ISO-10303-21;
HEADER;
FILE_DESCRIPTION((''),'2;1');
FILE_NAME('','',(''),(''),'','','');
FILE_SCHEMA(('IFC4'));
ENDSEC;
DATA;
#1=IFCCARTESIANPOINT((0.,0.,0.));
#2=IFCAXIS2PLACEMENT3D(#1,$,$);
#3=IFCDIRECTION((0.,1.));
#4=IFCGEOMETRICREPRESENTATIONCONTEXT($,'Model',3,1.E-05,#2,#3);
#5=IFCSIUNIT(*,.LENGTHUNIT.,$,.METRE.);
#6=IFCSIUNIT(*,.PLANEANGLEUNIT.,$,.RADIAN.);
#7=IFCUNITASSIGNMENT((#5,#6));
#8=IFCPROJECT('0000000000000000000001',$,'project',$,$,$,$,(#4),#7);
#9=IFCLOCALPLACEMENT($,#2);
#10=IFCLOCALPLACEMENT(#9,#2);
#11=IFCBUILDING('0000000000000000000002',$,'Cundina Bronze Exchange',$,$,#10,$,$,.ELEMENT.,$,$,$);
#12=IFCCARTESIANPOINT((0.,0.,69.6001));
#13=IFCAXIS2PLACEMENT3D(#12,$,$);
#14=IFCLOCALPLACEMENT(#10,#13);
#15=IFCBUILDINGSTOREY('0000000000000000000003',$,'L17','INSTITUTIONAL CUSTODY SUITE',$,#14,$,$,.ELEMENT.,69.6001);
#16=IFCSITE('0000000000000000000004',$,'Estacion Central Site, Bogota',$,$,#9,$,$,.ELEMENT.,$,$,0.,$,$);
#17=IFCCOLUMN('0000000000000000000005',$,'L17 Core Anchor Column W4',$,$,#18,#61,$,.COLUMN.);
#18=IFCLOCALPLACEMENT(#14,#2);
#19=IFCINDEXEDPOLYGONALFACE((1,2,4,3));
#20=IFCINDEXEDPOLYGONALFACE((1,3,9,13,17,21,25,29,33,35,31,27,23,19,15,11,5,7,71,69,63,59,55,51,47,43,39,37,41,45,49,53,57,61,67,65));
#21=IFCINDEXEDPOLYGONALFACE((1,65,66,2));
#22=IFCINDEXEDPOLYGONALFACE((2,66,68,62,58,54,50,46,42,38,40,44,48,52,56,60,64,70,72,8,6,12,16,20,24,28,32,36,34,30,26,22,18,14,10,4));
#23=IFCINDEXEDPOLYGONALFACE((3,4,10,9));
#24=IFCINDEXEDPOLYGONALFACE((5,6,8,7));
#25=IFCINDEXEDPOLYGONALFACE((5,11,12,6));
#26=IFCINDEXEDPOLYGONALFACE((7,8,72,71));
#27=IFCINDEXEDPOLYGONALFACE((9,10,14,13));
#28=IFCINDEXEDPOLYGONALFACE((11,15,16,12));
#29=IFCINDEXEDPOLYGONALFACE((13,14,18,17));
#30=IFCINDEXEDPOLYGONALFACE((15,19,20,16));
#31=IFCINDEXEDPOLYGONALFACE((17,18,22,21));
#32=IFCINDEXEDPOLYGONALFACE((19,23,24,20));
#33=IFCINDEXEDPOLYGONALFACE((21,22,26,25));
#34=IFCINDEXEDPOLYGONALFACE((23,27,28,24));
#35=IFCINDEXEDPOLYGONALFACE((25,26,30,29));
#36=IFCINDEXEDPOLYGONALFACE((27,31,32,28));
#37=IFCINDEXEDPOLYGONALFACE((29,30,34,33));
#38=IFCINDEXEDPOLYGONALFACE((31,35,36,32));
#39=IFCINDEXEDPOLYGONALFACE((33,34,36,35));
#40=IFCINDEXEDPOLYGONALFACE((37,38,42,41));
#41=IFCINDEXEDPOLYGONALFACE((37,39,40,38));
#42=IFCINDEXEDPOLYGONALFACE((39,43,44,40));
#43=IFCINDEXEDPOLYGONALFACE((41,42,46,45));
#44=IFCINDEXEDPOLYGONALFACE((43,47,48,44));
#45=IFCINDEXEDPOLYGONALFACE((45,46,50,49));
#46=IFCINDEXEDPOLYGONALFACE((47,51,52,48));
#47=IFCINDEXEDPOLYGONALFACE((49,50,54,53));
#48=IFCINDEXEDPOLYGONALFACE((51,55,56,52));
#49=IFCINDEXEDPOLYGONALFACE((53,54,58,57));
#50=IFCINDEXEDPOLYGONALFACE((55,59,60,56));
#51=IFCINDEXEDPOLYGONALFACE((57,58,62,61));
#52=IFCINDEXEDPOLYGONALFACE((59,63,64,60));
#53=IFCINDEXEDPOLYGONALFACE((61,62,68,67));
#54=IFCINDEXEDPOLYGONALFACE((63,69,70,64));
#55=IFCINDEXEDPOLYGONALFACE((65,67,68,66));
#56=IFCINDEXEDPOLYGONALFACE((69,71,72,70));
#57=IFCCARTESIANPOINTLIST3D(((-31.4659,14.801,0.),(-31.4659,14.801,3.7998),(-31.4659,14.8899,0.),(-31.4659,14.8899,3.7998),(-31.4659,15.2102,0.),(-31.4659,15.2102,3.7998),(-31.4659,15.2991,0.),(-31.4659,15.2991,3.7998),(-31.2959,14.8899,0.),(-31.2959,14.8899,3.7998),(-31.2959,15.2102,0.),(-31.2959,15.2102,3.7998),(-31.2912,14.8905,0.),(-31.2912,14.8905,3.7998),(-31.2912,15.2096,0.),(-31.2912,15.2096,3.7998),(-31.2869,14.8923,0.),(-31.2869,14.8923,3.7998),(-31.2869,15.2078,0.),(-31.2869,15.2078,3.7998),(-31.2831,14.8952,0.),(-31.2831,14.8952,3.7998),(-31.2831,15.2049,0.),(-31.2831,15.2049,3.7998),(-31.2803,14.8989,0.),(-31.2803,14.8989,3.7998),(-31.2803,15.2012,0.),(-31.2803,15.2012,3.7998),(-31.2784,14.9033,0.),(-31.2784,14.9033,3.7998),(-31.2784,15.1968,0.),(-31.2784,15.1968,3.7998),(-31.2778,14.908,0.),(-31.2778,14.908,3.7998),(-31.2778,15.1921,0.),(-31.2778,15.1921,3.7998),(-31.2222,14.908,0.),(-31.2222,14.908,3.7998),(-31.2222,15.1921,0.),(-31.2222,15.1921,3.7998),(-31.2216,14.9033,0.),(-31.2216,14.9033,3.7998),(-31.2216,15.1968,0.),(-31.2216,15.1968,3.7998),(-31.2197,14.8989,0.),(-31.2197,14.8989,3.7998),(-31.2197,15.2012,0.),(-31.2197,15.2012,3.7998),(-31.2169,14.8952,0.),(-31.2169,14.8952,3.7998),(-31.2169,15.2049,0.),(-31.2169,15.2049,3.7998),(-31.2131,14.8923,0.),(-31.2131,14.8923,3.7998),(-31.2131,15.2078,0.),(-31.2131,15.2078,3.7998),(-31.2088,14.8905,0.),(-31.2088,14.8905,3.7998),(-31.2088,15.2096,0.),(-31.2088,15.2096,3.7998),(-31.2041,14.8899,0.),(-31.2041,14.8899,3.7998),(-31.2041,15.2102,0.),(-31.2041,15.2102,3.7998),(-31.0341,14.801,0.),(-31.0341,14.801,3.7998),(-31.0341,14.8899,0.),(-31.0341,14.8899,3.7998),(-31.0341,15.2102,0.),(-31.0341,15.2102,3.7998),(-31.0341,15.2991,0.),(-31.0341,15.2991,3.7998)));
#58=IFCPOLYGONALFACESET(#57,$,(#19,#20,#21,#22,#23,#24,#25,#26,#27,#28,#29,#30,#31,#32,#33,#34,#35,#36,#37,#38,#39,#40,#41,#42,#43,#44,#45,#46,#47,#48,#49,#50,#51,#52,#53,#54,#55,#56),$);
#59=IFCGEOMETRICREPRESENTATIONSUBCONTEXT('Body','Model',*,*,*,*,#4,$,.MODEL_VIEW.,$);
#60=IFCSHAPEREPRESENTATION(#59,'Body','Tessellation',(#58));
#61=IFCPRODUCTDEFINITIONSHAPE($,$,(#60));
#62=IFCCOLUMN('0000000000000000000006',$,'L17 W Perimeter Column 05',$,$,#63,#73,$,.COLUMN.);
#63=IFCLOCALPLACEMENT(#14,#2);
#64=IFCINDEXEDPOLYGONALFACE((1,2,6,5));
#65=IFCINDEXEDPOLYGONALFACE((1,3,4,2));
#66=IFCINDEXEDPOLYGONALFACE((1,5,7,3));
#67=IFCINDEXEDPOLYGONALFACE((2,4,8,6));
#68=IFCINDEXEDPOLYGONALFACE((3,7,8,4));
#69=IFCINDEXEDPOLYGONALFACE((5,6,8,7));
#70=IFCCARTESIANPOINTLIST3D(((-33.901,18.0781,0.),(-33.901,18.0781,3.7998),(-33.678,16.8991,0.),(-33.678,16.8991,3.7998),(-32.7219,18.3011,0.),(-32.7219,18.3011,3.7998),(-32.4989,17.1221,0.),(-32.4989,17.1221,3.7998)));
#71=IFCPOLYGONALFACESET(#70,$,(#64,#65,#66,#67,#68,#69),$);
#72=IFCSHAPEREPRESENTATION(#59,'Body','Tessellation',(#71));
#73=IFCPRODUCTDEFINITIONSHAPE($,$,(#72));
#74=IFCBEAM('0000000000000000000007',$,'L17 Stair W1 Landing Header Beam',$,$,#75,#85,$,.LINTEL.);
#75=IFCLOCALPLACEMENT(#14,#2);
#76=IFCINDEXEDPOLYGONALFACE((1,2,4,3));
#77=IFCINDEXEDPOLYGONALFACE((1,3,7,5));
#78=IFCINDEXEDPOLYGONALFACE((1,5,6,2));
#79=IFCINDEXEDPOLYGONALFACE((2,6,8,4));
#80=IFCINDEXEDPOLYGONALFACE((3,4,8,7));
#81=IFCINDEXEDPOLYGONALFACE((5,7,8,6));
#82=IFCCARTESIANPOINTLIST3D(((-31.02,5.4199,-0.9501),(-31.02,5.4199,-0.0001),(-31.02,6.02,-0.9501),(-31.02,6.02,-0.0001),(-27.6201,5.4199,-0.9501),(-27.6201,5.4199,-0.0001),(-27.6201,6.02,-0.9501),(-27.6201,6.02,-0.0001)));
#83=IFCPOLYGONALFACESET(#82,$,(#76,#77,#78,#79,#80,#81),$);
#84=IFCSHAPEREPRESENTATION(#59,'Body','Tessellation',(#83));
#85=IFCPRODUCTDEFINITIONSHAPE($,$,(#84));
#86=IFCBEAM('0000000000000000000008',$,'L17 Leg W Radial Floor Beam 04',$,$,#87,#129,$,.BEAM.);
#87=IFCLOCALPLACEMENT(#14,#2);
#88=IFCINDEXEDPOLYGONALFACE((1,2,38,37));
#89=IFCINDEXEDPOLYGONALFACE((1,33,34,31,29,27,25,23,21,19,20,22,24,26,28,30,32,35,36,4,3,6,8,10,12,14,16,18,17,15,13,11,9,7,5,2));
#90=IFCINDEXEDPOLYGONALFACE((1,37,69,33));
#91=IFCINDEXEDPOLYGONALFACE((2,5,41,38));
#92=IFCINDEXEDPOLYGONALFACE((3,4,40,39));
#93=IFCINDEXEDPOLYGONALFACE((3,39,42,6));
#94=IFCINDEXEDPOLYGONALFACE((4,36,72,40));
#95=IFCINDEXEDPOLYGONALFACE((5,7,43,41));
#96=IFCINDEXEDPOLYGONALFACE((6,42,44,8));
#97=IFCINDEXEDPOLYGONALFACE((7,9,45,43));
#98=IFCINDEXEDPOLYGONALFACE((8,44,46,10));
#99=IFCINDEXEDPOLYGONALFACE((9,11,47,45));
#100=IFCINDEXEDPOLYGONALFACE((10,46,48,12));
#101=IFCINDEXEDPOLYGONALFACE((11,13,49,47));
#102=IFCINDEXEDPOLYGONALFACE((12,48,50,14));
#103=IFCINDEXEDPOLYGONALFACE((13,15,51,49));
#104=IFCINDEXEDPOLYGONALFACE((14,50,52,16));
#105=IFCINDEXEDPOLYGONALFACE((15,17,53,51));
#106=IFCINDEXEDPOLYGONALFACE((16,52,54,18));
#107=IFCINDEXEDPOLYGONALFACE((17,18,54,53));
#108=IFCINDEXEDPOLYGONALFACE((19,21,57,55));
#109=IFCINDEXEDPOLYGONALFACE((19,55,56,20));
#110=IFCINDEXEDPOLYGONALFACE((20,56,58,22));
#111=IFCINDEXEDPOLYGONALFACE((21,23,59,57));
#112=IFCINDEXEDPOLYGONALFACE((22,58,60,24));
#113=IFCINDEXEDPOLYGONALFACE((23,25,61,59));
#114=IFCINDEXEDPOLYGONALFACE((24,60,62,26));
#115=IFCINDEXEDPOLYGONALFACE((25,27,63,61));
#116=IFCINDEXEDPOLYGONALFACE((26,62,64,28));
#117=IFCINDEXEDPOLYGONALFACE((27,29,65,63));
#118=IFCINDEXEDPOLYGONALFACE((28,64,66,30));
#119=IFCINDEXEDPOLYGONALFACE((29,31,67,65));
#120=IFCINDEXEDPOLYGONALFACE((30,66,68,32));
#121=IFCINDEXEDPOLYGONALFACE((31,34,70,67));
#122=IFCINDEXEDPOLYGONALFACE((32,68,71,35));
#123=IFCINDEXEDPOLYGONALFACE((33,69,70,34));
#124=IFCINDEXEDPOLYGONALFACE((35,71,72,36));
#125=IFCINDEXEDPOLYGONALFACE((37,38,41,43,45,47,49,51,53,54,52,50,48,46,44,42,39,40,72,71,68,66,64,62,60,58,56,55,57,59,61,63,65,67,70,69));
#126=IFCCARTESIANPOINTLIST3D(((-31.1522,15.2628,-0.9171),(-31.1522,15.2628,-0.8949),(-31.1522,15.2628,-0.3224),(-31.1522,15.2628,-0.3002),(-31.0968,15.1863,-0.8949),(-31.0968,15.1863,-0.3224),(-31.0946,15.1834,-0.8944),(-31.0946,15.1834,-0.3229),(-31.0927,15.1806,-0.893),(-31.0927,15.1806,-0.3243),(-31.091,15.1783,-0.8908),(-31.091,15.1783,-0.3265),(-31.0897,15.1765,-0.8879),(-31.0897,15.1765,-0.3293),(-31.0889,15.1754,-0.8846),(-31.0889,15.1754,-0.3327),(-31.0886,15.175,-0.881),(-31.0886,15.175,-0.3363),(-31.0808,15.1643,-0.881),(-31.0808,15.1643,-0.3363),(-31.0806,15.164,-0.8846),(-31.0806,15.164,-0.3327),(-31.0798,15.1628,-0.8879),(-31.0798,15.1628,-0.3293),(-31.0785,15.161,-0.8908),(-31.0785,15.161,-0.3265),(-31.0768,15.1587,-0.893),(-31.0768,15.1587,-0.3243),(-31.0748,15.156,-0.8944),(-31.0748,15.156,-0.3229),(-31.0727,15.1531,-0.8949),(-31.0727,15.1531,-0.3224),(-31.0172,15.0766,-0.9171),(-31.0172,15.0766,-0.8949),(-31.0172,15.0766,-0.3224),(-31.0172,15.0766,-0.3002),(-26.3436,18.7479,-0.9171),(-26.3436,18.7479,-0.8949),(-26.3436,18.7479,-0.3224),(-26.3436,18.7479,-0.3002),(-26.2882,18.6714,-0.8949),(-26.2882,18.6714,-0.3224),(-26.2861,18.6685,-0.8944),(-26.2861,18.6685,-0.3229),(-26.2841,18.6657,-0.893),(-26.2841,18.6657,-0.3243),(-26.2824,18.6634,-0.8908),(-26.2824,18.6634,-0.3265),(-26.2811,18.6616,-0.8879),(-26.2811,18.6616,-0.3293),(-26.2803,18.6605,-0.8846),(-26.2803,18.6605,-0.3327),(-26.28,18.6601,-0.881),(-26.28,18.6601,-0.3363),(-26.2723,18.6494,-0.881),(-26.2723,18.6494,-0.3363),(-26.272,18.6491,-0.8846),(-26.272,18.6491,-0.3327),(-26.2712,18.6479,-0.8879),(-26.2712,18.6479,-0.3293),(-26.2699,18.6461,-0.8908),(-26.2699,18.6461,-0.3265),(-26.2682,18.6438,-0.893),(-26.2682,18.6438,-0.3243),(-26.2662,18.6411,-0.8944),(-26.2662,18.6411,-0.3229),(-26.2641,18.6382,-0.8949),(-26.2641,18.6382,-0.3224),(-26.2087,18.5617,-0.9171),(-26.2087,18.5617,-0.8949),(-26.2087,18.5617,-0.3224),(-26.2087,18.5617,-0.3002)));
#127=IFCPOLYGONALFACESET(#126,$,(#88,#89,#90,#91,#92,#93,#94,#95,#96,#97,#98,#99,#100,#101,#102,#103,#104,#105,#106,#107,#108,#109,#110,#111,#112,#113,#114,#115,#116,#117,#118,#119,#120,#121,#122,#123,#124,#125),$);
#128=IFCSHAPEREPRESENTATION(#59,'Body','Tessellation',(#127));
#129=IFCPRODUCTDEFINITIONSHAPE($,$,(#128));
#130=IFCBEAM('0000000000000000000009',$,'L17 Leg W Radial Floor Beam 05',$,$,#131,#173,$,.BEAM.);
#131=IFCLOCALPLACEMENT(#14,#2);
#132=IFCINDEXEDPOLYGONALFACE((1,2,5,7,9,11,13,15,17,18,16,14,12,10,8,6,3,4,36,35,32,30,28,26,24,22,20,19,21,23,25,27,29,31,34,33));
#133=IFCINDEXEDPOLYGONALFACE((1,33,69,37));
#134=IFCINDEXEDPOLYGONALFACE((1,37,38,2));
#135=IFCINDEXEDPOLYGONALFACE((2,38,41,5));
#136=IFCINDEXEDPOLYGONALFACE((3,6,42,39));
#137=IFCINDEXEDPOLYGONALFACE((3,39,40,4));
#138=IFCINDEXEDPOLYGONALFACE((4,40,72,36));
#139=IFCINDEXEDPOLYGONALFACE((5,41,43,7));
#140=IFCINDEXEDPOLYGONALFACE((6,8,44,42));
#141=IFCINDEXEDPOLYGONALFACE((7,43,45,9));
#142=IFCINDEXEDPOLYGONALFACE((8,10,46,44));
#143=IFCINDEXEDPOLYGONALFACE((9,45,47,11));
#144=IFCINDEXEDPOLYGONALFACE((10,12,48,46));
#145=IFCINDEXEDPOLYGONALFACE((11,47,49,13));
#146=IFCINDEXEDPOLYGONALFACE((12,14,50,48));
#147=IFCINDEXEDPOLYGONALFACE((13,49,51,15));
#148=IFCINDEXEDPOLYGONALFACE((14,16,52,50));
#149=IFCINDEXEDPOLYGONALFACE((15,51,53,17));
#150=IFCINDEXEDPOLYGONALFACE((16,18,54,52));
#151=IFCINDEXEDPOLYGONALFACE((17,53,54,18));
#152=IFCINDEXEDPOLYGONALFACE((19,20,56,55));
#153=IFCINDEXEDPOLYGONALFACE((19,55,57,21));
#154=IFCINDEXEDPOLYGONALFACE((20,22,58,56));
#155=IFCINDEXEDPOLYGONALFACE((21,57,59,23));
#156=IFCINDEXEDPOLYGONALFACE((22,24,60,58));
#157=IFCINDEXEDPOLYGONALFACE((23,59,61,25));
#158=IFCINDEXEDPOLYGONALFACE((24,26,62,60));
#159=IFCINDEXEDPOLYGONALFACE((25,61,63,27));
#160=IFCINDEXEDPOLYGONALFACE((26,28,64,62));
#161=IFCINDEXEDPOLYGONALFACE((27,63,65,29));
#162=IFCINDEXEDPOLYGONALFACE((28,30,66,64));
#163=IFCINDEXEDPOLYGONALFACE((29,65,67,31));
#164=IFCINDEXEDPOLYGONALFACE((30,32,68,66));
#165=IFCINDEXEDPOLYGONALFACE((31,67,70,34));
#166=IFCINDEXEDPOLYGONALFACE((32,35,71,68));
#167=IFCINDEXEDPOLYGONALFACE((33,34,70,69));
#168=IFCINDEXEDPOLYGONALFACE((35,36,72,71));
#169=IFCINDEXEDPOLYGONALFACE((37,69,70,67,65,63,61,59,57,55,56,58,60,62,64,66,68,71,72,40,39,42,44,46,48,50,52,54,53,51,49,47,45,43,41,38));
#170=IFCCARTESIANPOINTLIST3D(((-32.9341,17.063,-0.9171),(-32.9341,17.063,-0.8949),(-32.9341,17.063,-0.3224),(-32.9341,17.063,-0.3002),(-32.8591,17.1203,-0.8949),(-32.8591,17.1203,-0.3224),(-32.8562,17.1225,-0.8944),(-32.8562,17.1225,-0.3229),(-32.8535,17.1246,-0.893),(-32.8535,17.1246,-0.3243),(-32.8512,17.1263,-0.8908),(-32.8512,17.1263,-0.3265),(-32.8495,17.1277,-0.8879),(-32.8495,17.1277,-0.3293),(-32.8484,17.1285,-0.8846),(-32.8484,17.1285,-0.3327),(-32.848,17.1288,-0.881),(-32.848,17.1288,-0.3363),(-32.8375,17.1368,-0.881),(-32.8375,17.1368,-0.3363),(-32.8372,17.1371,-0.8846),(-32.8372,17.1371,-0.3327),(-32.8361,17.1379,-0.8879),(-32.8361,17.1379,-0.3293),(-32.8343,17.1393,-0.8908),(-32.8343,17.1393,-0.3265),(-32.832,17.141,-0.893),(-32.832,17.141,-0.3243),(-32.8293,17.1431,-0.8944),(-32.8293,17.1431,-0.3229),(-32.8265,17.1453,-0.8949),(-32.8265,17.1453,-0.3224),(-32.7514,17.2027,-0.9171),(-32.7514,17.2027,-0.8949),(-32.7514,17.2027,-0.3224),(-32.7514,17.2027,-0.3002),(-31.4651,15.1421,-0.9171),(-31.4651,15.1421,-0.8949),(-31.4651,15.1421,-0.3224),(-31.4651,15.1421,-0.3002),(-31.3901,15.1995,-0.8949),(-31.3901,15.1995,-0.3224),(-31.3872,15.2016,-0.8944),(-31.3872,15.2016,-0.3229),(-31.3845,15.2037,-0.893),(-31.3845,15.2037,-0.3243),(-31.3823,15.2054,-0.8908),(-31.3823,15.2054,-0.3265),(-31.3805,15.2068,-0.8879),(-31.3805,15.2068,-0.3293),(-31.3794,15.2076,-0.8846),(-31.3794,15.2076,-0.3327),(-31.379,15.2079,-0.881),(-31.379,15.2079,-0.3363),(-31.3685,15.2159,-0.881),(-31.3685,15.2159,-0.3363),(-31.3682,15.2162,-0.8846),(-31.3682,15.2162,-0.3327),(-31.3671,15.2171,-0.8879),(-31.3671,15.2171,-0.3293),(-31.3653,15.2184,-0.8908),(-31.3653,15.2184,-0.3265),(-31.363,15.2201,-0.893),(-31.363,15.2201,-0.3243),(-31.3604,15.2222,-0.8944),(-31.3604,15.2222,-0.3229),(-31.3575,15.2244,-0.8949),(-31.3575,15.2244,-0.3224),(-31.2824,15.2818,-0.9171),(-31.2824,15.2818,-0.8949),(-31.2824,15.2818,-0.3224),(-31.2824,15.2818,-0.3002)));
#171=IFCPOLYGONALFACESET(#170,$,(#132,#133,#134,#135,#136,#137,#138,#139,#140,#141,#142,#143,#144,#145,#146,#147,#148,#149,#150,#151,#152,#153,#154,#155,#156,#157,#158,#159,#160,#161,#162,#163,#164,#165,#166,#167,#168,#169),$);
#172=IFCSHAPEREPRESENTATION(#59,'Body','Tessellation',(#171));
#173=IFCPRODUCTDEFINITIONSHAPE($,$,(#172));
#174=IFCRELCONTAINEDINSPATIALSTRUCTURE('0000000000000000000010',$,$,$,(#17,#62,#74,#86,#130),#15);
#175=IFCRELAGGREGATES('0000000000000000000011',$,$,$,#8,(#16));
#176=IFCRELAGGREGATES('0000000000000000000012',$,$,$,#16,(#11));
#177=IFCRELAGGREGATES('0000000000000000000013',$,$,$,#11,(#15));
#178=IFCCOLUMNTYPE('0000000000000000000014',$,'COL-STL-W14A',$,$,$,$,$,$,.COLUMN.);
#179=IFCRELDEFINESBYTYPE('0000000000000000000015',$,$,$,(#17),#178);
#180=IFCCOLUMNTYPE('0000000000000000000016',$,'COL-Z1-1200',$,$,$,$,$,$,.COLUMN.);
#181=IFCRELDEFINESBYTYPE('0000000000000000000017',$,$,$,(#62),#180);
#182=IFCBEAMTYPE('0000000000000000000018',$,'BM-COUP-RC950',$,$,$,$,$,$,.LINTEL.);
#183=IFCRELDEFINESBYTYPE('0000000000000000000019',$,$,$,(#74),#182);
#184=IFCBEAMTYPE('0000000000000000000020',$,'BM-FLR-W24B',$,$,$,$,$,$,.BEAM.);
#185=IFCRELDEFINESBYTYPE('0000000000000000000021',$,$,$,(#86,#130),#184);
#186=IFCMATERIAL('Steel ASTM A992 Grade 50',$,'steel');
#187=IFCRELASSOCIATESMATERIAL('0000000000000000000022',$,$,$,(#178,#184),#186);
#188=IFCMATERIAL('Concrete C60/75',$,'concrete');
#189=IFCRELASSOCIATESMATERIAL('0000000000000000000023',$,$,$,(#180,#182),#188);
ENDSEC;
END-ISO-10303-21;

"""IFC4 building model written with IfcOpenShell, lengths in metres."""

from ifc_helpers import new_model, si_unit, direction, frame, origin, origin_2d, place, context, subcontext, project, spatial, rectangle, i_section, extrude, material, material_profile, profile_set, type_object, element, save


model = new_model("IFC4")

# Units and contexts
model_context = context("Model", 3, precision=1e-05, world=origin(), true_north=direction((0.0, 1.0)))
body_context = subcontext(model_context, "Body", "Model", "MODEL_VIEW")
ifc_project = project(units=[si_unit("LENGTHUNIT", "METRE"), si_unit("PLANEANGLEUNIT", "RADIAN")], contexts=[model_context])

# Site, building, storey
site_placement = place(None, origin())
site = spatial("IfcSite", under=ifc_project, at=site_placement, Name="Estacion Central Site, Bogota", CompositionType="ELEMENT", RefElevation=0.0)
building_placement = place(site_placement, origin())
building = spatial("IfcBuilding", under=site, at=building_placement, Name="Cundina Bronze Exchange", CompositionType="ELEMENT")
storey_placement = place(building_placement, frame((0.0, 0.0, 69.6001)))
storey = spatial("IfcBuildingStorey", under=building, at=storey_placement, Name="L17", Description="INSTITUTIONAL CUSTODY SUITE", CompositionType="ELEMENT", Elevation=69.6001)

# Columns
ifc_material_1 = material(Name="Steel ASTM A992 Grade 50", Category="steel")
ifc_material_profile_1 = material_profile(ifc_material_1, i_section(OverallWidth=0.4319, OverallDepth=0.498, WebThickness=0.0557, FlangeThickness=0.0889, FilletRadius=0.0181, at=origin_2d()), Name="W14X500", Category="steel")
ifc_profile_set_1 = profile_set([ifc_material_profile_1], Name="Steel ASTM A992 Grade 50")
column_type_1 = type_object("IfcColumnType", Name="COL-STL-W14A", PredefinedType="COLUMN", material=ifc_profile_set_1)
column_1_placement = place(storey_placement, frame((-31.25, 15.05, 0.0), z_axis=(0.0, 0.0, 1.0), x_axis=(1.0, 0.0, 0.0)))
element("IfcColumn", 1, at=column_1_placement, inside=storey, type_object=column_type_1, Name="L17 Core Anchor Column W4", PredefinedType="COLUMN", context=body_context, shape_type="SweptSolid", body=[
    extrude(i_section(OverallWidth=0.4319, OverallDepth=0.498, WebThickness=0.0557, FlangeThickness=0.0889, FilletRadius=0.0181, at=origin_2d()), origin(), (0.0, 0.0, 1.0), 3.7998),
])
ifc_material_2 = material(Name="Concrete C60/75", Category="concrete")
ifc_material_profile_2 = material_profile(ifc_material_2, rectangle(XDim=1.2, YDim=1.2, at=origin_2d()), Name="RC1200X1200", Category="concrete")
ifc_profile_set_2 = profile_set([ifc_material_profile_2], Name="Concrete C60/75")
column_type_2 = type_object("IfcColumnType", Name="COL-Z1-1200", PredefinedType="COLUMN", material=ifc_profile_set_2)
column_2_placement = place(storey_placement, frame((-33.2, 17.6001, 0.0), z_axis=(0.0, 0.0, 1.0), x_axis=(-0.98258, -0.185838, 0.0)))
element("IfcColumn", 2, at=column_2_placement, inside=storey, type_object=column_type_2, Name="L17 W Perimeter Column 05", PredefinedType="COLUMN", context=body_context, shape_type="SweptSolid", body=[
    extrude(rectangle(XDim=1.2, YDim=1.2, at=origin_2d()), origin(), (0.0, 0.0, 1.0), 3.7998),
])

# Beams
ifc_material_profile_3 = material_profile(ifc_material_2, rectangle(XDim=0.6001, YDim=0.95, at=origin_2d()), Name="RC600X950", Category="concrete")
ifc_profile_set_3 = profile_set([ifc_material_profile_3], Name="Concrete C60/75")
beam_type_1 = type_object("IfcBeamType", Name="BM-COUP-RC950", PredefinedType="LINTEL", material=ifc_profile_set_3)
beam_1_placement = place(storey_placement, frame((-31.02, 5.72, -0.4751), z_axis=(1.0, 0.0, 0.0), x_axis=(0.0, 1.0, 0.0)))
element("IfcBeam", 3, at=beam_1_placement, inside=storey, type_object=beam_type_1, Name="L17 Stair W1 Landing Header Beam", PredefinedType="LINTEL", context=body_context, shape_type="SweptSolid", body=[
    extrude(rectangle(XDim=0.6001, YDim=0.95, at=origin_2d()), origin(), (0.0, 0.0, 1.0), 3.3999),
])
ifc_material_profile_4 = material_profile(ifc_material_1, i_section(OverallWidth=0.23, OverallDepth=0.6169, WebThickness=0.0132, FlangeThickness=0.0222, FilletRadius=0.0139, at=origin_2d()), Name="W24X94", Category="steel")
ifc_profile_set_4 = profile_set([ifc_material_profile_4], Name="Steel ASTM A992 Grade 50")
beam_type_2 = type_object("IfcBeamType", Name="BM-FLR-W24B", PredefinedType="BEAM", material=ifc_profile_set_4)
beam_2_placement = place(storey_placement, frame((-31.0847, 15.1697, -0.6086), z_axis=(0.8097, 0.586844, 0.0), x_axis=(-0.586844, 0.8097, 0.0)))
element("IfcBeam", 4, at=beam_2_placement, inside=storey, type_object=beam_type_2, Name="L17 Leg W Radial Floor Beam 04", PredefinedType="BEAM", context=body_context, shape_type="SweptSolid", body=[
    extrude(i_section(OverallWidth=0.23, OverallDepth=0.6169, WebThickness=0.0132, FlangeThickness=0.0222, FilletRadius=0.0139, at=origin_2d()), origin(), (0.0, 0.0, 1.0), 5.9387),
])
beam_3_placement = place(storey_placement, frame((-31.3738, 15.2119, -0.6086), z_axis=(-0.607469, 0.794344, 0.0), x_axis=(-0.794344, -0.607469, 0.0)))
element("IfcBeam", 5, at=beam_3_placement, inside=storey, type_object=beam_type_2, Name="L17 Leg W Radial Floor Beam 05", PredefinedType="BEAM", context=body_context, shape_type="SweptSolid", body=[
    extrude(i_section(OverallWidth=0.23, OverallDepth=0.6169, WebThickness=0.0132, FlangeThickness=0.0222, FilletRadius=0.0139, at=origin_2d()), origin(), (0.0, 0.0, 1.0), 2.4182),
])

save(model, "model.ifc")
